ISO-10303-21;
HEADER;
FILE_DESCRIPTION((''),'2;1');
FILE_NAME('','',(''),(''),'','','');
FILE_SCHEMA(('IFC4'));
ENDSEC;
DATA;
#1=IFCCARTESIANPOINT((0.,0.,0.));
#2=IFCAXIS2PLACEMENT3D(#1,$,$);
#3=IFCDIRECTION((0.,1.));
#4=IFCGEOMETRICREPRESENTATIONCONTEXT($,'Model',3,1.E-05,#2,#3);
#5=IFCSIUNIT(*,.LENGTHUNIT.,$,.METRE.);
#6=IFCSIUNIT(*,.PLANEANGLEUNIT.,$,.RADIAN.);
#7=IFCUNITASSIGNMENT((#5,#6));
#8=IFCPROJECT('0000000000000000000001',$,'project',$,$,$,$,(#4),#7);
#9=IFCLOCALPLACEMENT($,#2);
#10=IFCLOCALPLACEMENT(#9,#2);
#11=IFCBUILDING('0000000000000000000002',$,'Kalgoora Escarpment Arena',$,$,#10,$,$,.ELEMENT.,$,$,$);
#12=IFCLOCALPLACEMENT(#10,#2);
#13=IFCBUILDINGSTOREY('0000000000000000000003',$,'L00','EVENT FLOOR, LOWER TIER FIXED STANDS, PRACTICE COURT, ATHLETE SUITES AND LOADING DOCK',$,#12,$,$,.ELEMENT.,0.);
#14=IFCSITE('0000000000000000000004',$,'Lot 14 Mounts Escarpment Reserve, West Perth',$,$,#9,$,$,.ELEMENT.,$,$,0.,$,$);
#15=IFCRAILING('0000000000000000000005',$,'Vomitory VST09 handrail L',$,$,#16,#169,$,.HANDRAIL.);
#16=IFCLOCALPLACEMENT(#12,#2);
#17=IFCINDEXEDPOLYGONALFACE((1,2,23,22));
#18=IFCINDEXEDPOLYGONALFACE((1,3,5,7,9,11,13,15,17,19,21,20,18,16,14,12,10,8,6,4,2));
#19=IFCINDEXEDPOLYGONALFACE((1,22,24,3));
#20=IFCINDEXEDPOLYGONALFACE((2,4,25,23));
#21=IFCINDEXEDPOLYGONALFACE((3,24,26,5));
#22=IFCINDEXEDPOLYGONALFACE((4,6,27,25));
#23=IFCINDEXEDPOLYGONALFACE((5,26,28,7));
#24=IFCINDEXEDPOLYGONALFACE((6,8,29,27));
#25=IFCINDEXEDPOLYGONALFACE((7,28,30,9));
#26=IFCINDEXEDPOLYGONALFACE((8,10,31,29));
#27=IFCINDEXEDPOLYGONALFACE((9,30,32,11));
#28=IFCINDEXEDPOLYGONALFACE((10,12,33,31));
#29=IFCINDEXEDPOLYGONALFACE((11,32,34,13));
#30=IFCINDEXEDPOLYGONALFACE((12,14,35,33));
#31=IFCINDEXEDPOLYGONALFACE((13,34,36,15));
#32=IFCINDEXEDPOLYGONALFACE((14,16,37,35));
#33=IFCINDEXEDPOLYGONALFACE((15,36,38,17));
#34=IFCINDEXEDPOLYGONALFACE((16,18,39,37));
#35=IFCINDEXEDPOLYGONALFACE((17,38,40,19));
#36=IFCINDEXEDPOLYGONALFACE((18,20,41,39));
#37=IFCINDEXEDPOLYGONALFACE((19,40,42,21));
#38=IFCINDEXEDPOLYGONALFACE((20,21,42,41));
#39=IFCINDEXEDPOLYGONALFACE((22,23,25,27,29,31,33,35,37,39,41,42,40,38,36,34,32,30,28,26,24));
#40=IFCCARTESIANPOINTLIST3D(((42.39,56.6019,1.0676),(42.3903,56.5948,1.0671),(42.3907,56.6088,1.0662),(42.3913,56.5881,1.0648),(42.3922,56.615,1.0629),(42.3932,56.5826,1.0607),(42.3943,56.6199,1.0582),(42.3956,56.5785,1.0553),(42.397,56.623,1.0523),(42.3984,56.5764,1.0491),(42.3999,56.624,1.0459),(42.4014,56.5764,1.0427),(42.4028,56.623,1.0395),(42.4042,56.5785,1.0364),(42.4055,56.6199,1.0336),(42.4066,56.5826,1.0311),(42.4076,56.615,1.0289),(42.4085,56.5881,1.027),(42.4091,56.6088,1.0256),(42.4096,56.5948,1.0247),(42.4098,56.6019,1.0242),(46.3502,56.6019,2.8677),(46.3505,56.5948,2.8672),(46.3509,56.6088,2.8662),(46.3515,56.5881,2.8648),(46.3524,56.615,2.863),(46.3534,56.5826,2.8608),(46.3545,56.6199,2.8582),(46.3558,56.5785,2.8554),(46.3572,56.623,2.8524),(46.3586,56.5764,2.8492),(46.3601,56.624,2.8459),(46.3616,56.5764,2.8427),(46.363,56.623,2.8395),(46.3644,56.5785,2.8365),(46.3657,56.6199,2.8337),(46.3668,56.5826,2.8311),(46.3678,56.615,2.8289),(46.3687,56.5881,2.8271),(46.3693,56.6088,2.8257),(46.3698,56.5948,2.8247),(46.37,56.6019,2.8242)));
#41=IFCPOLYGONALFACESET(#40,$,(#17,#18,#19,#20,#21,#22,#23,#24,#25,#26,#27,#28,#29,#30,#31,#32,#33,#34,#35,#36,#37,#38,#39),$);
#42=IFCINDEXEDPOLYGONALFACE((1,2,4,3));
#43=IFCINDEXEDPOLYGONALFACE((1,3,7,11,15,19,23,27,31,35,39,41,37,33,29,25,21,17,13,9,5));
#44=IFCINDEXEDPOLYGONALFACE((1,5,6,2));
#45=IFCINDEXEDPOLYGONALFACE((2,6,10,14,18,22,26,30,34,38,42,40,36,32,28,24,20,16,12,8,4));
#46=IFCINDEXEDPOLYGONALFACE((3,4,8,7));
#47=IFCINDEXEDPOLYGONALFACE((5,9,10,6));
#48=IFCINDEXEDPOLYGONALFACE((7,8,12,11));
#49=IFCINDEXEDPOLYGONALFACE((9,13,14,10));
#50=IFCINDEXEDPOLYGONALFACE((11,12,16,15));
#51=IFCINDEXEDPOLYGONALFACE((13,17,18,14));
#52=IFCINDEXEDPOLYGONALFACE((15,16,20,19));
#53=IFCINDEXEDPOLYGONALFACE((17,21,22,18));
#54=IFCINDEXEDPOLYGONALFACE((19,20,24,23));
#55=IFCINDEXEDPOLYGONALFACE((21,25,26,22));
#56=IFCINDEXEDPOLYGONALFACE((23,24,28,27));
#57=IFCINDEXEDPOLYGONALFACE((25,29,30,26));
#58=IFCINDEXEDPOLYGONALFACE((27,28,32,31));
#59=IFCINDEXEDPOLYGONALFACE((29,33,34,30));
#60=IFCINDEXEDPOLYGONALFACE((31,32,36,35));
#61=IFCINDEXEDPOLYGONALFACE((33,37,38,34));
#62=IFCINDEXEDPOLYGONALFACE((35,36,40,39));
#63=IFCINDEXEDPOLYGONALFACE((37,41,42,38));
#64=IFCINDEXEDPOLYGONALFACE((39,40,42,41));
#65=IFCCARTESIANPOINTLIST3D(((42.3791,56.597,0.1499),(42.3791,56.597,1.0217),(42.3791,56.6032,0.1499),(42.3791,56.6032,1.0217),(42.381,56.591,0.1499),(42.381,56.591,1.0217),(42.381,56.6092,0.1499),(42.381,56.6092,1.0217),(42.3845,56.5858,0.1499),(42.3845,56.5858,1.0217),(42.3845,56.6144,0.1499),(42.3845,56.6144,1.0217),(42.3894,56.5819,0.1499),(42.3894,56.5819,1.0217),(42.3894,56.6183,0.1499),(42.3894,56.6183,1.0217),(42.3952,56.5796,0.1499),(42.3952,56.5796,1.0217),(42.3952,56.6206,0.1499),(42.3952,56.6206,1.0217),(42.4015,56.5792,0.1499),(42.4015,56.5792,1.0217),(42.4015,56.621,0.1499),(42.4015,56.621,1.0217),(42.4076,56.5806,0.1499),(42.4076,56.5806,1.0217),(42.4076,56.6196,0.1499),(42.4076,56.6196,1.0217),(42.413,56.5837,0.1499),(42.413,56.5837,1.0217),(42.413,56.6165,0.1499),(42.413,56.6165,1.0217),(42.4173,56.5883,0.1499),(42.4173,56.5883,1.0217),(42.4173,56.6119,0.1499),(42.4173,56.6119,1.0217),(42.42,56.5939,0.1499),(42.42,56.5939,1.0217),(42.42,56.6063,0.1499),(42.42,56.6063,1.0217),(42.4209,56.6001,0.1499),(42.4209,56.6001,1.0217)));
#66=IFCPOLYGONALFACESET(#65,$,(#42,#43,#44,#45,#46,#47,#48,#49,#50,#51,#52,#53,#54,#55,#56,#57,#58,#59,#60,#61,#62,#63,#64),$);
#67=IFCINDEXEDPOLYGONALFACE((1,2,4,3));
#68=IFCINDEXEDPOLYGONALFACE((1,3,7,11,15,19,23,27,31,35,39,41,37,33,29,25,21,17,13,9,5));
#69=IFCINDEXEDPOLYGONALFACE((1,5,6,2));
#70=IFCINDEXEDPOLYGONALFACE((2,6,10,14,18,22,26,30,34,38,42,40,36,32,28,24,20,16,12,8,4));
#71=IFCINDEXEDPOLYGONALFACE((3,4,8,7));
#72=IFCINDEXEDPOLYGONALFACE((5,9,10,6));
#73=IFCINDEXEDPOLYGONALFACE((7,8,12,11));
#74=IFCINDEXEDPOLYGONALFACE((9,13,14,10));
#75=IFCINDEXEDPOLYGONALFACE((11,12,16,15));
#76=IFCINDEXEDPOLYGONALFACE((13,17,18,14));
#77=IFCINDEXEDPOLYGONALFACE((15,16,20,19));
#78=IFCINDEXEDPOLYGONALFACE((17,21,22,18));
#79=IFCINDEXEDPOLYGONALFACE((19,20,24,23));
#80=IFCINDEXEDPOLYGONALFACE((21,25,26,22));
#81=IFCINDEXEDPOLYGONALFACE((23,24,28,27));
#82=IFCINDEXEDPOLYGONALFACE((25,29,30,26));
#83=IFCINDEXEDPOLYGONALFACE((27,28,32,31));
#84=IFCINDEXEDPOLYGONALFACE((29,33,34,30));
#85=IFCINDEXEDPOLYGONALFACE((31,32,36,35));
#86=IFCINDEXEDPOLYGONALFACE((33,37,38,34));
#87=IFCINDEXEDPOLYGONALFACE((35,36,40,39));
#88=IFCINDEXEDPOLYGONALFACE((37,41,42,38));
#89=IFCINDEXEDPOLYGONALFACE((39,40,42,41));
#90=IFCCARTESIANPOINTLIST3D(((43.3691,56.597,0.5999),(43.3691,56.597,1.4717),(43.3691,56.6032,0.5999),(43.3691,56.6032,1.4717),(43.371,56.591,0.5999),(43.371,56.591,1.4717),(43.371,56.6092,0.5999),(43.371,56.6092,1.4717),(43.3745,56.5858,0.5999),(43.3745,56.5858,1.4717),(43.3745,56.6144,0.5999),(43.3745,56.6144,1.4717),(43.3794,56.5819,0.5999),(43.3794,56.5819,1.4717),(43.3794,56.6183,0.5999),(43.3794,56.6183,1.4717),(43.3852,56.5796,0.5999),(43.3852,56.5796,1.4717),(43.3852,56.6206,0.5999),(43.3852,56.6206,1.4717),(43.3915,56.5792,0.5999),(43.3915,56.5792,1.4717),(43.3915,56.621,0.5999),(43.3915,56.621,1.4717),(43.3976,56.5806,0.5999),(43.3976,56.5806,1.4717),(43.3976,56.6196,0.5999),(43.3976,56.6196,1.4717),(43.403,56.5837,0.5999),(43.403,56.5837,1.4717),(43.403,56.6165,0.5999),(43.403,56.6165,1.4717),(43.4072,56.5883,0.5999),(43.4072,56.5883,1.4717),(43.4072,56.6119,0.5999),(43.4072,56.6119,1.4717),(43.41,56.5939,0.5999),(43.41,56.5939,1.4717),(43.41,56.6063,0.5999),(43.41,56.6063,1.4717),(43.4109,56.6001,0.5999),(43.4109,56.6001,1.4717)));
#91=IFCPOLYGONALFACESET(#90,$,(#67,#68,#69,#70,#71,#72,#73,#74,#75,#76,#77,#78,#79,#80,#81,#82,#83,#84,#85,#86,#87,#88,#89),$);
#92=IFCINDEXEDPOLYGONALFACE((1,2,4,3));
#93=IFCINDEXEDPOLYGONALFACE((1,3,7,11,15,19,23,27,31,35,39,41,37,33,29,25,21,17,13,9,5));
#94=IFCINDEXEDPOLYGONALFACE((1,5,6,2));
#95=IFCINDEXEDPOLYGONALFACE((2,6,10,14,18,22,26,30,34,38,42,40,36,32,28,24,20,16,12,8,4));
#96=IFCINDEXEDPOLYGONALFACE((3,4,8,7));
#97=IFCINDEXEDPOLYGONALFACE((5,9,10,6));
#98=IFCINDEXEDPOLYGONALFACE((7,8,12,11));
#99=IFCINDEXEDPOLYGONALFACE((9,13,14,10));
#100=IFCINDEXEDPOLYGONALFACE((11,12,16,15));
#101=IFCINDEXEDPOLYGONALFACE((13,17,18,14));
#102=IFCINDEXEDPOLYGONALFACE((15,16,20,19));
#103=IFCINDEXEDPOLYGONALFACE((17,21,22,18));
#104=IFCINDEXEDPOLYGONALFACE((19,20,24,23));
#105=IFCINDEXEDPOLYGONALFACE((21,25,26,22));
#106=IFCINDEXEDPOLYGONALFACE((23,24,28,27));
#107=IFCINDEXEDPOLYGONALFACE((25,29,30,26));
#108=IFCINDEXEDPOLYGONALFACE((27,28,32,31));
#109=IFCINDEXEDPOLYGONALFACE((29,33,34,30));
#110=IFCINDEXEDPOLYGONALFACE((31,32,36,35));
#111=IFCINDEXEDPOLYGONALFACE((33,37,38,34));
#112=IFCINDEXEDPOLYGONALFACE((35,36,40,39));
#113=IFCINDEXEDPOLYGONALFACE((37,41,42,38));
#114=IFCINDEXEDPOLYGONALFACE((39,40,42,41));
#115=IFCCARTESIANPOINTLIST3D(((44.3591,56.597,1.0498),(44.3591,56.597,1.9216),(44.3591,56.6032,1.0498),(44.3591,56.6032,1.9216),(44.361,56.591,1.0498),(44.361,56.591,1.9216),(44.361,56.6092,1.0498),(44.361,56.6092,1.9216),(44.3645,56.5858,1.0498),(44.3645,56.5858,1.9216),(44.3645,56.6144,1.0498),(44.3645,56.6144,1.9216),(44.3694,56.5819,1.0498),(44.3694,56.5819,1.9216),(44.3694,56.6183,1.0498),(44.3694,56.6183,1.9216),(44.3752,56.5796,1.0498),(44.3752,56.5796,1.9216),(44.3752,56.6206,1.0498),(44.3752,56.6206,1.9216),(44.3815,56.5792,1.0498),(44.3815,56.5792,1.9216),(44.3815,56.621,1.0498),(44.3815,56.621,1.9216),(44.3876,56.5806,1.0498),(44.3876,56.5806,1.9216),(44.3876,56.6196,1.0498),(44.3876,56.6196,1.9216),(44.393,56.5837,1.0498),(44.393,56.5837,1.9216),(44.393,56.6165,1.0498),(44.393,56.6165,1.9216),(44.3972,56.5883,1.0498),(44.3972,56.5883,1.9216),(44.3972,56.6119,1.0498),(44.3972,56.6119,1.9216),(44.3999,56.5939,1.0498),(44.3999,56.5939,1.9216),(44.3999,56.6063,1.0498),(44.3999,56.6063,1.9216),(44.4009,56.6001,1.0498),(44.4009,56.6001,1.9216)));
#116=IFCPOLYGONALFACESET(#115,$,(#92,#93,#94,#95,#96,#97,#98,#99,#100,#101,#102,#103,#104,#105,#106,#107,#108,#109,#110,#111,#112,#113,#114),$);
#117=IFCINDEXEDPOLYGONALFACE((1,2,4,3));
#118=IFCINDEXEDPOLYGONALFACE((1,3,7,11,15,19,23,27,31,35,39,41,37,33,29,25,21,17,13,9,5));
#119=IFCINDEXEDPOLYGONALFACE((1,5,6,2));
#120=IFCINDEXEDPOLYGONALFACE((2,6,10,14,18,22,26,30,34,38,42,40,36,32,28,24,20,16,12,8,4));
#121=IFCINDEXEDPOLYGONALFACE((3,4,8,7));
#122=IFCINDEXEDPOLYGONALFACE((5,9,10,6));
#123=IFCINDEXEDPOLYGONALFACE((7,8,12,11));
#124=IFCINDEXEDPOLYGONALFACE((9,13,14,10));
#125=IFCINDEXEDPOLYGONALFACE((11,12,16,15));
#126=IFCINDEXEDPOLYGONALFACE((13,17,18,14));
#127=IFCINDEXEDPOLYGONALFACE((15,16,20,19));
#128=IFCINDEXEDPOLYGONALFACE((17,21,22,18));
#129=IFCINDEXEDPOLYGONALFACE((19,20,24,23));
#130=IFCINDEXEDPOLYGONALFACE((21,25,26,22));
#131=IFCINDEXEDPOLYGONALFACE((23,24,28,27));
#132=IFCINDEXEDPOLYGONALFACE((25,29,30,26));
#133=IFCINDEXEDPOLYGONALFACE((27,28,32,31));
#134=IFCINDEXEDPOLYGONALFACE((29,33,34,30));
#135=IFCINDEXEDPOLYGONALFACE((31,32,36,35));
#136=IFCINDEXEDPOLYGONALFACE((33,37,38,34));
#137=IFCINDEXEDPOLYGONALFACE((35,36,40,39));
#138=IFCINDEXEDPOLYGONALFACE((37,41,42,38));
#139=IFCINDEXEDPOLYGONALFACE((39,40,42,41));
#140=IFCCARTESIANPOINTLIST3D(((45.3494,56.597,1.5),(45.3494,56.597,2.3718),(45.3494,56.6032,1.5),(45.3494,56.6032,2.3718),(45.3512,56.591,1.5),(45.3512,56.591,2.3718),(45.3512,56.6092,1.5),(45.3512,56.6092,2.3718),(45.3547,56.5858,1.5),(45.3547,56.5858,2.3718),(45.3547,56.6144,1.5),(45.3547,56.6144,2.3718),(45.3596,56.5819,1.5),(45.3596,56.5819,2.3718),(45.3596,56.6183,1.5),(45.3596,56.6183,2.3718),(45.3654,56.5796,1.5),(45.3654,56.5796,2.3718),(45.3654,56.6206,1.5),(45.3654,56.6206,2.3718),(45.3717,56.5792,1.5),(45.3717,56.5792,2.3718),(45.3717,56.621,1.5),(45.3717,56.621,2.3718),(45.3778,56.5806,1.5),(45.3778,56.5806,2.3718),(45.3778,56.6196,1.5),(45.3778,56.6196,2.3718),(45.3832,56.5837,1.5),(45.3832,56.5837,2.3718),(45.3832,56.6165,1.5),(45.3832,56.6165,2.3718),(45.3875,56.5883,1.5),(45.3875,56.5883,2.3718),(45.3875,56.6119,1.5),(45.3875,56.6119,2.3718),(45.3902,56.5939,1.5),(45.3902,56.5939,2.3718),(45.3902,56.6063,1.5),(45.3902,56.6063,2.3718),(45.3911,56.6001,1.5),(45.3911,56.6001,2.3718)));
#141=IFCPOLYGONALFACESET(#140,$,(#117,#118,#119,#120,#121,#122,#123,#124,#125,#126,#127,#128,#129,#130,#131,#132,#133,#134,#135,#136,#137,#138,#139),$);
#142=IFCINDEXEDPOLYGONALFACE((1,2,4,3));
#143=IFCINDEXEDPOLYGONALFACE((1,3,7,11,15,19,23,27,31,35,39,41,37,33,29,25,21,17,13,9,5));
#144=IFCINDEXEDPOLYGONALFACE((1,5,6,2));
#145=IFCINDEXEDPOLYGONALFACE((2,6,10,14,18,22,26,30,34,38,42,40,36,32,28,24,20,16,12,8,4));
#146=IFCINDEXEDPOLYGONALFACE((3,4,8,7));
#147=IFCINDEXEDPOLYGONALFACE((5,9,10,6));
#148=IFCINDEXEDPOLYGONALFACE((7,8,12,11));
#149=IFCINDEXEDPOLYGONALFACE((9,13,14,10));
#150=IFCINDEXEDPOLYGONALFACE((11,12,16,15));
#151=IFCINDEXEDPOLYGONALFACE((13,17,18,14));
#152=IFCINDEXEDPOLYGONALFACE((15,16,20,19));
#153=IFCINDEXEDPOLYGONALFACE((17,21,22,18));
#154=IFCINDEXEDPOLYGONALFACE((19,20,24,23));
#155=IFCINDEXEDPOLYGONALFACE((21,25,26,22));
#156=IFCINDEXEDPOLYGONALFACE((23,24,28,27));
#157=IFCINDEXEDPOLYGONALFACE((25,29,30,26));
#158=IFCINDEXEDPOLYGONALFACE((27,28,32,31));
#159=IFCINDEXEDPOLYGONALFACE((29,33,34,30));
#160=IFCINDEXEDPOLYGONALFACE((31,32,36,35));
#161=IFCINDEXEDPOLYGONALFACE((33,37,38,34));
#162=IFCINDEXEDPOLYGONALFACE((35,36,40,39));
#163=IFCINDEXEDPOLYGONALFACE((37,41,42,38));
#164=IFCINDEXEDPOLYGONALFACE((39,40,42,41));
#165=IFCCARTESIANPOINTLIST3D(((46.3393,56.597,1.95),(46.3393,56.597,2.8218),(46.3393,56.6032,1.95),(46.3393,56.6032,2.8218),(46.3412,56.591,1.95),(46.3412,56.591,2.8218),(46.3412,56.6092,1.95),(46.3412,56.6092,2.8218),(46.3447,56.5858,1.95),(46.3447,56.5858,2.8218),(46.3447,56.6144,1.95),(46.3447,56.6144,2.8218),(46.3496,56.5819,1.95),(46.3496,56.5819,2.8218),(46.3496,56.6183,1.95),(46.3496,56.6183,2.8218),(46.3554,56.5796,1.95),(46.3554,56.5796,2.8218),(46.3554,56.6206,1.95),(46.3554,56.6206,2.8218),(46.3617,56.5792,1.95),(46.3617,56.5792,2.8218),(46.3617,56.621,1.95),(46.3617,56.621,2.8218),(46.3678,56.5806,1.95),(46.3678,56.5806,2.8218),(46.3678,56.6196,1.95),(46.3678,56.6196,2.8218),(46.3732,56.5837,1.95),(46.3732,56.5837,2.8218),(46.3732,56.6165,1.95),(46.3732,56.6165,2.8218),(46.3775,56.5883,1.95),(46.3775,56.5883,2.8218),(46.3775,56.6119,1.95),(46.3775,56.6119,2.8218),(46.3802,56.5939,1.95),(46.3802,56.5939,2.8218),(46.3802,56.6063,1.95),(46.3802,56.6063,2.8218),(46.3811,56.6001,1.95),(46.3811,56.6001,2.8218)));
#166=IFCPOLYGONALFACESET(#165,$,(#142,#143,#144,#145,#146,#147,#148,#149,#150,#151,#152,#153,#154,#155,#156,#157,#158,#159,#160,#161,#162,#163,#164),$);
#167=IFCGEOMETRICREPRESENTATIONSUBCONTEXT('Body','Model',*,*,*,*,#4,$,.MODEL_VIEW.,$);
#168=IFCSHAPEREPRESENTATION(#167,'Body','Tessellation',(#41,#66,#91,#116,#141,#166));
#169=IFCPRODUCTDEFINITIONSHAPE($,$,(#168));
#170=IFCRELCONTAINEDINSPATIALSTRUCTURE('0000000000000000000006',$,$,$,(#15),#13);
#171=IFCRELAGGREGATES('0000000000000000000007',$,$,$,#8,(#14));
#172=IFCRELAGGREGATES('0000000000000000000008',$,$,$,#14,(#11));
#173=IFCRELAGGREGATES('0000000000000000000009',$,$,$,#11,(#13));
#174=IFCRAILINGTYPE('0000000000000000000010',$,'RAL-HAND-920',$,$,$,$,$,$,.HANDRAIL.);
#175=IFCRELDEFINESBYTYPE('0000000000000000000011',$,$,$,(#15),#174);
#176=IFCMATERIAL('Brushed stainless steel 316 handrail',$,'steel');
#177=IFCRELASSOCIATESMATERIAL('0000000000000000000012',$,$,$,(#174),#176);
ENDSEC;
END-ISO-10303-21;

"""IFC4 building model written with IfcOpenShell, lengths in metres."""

from ifc_helpers import new_model, si_unit, direction, frame, origin, origin_2d, place, context, subcontext, project, spatial, circle, extrude, material, type_object, element, save


model = new_model("IFC4")

# Units and contexts
model_context = context("Model", 3, precision=1e-05, world=origin(), true_north=direction((0.0, 1.0)))
body_context = subcontext(model_context, "Body", "Model", "MODEL_VIEW")
ifc_project = project(units=[si_unit("LENGTHUNIT", "METRE"), si_unit("PLANEANGLEUNIT", "RADIAN")], contexts=[model_context])

# Site, building, storey
site_placement = place(None, origin())
site = spatial("IfcSite", under=ifc_project, at=site_placement, Name="Lot 14 Mounts Escarpment Reserve, West Perth", CompositionType="ELEMENT", RefElevation=0.0)
building_placement = place(site_placement, origin())
building = spatial("IfcBuilding", under=site, at=building_placement, Name="Kalgoora Escarpment Arena", CompositionType="ELEMENT")
storey_placement = place(building_placement, origin())
storey = spatial("IfcBuildingStorey", under=building, at=storey_placement, Name="L00", Description="EVENT FLOOR, LOWER TIER FIXED STANDS, PRACTICE COURT, ATHLETE SUITES AND LOADING DOCK", CompositionType="ELEMENT", Elevation=0.0)

# Railing
ifc_material_1 = material(Name="Brushed stainless steel 316 handrail", Category="steel")
railing_type_1 = type_object("IfcRailingType", Name="RAL-HAND-920", PredefinedType="HANDRAIL", material=ifc_material_1)
for number, where, name in (
    (1, (42.3999, 56.6001, 0.1499), "Vomitory VST09 handrail L"),
):
    element("IfcRailing", number, at=place(storey_placement, frame(where)), inside=storey, type_object=railing_type_1, Name=name, PredefinedType="HANDRAIL", context=body_context, shape_type="SweptSolid", body=[
        extrude(circle(Radius=0.0239, at=origin_2d()), frame((0.0, 0.0, 0.896), z_axis=(0.91037, 0.0, 0.413794), x_axis=(0.0, 1.0, 0.0)), (0.0, 0.0, 1.0), 4.3501),
        extrude(circle(Radius=0.021, at=origin_2d()), origin(), (0.0, 0.0, 1.0), 0.8718),
        extrude(circle(Radius=0.021, at=origin_2d()), frame((0.99, 0.0, 0.45)), (0.0, 0.0, 1.0), 0.8718),
        extrude(circle(Radius=0.021, at=origin_2d()), frame((1.98, 0.0, 0.8999)), (0.0, 0.0, 1.0), 0.8718),
        extrude(circle(Radius=0.021, at=origin_2d()), frame((2.9702, 0.0, 1.3501)), (0.0, 0.0, 1.0), 0.8718),
        extrude(circle(Radius=0.021, at=origin_2d()), frame((3.9602, 0.0, 1.8)), (0.0, 0.0, 1.0), 0.8718),
    ])

save(model, "model.ifc")
